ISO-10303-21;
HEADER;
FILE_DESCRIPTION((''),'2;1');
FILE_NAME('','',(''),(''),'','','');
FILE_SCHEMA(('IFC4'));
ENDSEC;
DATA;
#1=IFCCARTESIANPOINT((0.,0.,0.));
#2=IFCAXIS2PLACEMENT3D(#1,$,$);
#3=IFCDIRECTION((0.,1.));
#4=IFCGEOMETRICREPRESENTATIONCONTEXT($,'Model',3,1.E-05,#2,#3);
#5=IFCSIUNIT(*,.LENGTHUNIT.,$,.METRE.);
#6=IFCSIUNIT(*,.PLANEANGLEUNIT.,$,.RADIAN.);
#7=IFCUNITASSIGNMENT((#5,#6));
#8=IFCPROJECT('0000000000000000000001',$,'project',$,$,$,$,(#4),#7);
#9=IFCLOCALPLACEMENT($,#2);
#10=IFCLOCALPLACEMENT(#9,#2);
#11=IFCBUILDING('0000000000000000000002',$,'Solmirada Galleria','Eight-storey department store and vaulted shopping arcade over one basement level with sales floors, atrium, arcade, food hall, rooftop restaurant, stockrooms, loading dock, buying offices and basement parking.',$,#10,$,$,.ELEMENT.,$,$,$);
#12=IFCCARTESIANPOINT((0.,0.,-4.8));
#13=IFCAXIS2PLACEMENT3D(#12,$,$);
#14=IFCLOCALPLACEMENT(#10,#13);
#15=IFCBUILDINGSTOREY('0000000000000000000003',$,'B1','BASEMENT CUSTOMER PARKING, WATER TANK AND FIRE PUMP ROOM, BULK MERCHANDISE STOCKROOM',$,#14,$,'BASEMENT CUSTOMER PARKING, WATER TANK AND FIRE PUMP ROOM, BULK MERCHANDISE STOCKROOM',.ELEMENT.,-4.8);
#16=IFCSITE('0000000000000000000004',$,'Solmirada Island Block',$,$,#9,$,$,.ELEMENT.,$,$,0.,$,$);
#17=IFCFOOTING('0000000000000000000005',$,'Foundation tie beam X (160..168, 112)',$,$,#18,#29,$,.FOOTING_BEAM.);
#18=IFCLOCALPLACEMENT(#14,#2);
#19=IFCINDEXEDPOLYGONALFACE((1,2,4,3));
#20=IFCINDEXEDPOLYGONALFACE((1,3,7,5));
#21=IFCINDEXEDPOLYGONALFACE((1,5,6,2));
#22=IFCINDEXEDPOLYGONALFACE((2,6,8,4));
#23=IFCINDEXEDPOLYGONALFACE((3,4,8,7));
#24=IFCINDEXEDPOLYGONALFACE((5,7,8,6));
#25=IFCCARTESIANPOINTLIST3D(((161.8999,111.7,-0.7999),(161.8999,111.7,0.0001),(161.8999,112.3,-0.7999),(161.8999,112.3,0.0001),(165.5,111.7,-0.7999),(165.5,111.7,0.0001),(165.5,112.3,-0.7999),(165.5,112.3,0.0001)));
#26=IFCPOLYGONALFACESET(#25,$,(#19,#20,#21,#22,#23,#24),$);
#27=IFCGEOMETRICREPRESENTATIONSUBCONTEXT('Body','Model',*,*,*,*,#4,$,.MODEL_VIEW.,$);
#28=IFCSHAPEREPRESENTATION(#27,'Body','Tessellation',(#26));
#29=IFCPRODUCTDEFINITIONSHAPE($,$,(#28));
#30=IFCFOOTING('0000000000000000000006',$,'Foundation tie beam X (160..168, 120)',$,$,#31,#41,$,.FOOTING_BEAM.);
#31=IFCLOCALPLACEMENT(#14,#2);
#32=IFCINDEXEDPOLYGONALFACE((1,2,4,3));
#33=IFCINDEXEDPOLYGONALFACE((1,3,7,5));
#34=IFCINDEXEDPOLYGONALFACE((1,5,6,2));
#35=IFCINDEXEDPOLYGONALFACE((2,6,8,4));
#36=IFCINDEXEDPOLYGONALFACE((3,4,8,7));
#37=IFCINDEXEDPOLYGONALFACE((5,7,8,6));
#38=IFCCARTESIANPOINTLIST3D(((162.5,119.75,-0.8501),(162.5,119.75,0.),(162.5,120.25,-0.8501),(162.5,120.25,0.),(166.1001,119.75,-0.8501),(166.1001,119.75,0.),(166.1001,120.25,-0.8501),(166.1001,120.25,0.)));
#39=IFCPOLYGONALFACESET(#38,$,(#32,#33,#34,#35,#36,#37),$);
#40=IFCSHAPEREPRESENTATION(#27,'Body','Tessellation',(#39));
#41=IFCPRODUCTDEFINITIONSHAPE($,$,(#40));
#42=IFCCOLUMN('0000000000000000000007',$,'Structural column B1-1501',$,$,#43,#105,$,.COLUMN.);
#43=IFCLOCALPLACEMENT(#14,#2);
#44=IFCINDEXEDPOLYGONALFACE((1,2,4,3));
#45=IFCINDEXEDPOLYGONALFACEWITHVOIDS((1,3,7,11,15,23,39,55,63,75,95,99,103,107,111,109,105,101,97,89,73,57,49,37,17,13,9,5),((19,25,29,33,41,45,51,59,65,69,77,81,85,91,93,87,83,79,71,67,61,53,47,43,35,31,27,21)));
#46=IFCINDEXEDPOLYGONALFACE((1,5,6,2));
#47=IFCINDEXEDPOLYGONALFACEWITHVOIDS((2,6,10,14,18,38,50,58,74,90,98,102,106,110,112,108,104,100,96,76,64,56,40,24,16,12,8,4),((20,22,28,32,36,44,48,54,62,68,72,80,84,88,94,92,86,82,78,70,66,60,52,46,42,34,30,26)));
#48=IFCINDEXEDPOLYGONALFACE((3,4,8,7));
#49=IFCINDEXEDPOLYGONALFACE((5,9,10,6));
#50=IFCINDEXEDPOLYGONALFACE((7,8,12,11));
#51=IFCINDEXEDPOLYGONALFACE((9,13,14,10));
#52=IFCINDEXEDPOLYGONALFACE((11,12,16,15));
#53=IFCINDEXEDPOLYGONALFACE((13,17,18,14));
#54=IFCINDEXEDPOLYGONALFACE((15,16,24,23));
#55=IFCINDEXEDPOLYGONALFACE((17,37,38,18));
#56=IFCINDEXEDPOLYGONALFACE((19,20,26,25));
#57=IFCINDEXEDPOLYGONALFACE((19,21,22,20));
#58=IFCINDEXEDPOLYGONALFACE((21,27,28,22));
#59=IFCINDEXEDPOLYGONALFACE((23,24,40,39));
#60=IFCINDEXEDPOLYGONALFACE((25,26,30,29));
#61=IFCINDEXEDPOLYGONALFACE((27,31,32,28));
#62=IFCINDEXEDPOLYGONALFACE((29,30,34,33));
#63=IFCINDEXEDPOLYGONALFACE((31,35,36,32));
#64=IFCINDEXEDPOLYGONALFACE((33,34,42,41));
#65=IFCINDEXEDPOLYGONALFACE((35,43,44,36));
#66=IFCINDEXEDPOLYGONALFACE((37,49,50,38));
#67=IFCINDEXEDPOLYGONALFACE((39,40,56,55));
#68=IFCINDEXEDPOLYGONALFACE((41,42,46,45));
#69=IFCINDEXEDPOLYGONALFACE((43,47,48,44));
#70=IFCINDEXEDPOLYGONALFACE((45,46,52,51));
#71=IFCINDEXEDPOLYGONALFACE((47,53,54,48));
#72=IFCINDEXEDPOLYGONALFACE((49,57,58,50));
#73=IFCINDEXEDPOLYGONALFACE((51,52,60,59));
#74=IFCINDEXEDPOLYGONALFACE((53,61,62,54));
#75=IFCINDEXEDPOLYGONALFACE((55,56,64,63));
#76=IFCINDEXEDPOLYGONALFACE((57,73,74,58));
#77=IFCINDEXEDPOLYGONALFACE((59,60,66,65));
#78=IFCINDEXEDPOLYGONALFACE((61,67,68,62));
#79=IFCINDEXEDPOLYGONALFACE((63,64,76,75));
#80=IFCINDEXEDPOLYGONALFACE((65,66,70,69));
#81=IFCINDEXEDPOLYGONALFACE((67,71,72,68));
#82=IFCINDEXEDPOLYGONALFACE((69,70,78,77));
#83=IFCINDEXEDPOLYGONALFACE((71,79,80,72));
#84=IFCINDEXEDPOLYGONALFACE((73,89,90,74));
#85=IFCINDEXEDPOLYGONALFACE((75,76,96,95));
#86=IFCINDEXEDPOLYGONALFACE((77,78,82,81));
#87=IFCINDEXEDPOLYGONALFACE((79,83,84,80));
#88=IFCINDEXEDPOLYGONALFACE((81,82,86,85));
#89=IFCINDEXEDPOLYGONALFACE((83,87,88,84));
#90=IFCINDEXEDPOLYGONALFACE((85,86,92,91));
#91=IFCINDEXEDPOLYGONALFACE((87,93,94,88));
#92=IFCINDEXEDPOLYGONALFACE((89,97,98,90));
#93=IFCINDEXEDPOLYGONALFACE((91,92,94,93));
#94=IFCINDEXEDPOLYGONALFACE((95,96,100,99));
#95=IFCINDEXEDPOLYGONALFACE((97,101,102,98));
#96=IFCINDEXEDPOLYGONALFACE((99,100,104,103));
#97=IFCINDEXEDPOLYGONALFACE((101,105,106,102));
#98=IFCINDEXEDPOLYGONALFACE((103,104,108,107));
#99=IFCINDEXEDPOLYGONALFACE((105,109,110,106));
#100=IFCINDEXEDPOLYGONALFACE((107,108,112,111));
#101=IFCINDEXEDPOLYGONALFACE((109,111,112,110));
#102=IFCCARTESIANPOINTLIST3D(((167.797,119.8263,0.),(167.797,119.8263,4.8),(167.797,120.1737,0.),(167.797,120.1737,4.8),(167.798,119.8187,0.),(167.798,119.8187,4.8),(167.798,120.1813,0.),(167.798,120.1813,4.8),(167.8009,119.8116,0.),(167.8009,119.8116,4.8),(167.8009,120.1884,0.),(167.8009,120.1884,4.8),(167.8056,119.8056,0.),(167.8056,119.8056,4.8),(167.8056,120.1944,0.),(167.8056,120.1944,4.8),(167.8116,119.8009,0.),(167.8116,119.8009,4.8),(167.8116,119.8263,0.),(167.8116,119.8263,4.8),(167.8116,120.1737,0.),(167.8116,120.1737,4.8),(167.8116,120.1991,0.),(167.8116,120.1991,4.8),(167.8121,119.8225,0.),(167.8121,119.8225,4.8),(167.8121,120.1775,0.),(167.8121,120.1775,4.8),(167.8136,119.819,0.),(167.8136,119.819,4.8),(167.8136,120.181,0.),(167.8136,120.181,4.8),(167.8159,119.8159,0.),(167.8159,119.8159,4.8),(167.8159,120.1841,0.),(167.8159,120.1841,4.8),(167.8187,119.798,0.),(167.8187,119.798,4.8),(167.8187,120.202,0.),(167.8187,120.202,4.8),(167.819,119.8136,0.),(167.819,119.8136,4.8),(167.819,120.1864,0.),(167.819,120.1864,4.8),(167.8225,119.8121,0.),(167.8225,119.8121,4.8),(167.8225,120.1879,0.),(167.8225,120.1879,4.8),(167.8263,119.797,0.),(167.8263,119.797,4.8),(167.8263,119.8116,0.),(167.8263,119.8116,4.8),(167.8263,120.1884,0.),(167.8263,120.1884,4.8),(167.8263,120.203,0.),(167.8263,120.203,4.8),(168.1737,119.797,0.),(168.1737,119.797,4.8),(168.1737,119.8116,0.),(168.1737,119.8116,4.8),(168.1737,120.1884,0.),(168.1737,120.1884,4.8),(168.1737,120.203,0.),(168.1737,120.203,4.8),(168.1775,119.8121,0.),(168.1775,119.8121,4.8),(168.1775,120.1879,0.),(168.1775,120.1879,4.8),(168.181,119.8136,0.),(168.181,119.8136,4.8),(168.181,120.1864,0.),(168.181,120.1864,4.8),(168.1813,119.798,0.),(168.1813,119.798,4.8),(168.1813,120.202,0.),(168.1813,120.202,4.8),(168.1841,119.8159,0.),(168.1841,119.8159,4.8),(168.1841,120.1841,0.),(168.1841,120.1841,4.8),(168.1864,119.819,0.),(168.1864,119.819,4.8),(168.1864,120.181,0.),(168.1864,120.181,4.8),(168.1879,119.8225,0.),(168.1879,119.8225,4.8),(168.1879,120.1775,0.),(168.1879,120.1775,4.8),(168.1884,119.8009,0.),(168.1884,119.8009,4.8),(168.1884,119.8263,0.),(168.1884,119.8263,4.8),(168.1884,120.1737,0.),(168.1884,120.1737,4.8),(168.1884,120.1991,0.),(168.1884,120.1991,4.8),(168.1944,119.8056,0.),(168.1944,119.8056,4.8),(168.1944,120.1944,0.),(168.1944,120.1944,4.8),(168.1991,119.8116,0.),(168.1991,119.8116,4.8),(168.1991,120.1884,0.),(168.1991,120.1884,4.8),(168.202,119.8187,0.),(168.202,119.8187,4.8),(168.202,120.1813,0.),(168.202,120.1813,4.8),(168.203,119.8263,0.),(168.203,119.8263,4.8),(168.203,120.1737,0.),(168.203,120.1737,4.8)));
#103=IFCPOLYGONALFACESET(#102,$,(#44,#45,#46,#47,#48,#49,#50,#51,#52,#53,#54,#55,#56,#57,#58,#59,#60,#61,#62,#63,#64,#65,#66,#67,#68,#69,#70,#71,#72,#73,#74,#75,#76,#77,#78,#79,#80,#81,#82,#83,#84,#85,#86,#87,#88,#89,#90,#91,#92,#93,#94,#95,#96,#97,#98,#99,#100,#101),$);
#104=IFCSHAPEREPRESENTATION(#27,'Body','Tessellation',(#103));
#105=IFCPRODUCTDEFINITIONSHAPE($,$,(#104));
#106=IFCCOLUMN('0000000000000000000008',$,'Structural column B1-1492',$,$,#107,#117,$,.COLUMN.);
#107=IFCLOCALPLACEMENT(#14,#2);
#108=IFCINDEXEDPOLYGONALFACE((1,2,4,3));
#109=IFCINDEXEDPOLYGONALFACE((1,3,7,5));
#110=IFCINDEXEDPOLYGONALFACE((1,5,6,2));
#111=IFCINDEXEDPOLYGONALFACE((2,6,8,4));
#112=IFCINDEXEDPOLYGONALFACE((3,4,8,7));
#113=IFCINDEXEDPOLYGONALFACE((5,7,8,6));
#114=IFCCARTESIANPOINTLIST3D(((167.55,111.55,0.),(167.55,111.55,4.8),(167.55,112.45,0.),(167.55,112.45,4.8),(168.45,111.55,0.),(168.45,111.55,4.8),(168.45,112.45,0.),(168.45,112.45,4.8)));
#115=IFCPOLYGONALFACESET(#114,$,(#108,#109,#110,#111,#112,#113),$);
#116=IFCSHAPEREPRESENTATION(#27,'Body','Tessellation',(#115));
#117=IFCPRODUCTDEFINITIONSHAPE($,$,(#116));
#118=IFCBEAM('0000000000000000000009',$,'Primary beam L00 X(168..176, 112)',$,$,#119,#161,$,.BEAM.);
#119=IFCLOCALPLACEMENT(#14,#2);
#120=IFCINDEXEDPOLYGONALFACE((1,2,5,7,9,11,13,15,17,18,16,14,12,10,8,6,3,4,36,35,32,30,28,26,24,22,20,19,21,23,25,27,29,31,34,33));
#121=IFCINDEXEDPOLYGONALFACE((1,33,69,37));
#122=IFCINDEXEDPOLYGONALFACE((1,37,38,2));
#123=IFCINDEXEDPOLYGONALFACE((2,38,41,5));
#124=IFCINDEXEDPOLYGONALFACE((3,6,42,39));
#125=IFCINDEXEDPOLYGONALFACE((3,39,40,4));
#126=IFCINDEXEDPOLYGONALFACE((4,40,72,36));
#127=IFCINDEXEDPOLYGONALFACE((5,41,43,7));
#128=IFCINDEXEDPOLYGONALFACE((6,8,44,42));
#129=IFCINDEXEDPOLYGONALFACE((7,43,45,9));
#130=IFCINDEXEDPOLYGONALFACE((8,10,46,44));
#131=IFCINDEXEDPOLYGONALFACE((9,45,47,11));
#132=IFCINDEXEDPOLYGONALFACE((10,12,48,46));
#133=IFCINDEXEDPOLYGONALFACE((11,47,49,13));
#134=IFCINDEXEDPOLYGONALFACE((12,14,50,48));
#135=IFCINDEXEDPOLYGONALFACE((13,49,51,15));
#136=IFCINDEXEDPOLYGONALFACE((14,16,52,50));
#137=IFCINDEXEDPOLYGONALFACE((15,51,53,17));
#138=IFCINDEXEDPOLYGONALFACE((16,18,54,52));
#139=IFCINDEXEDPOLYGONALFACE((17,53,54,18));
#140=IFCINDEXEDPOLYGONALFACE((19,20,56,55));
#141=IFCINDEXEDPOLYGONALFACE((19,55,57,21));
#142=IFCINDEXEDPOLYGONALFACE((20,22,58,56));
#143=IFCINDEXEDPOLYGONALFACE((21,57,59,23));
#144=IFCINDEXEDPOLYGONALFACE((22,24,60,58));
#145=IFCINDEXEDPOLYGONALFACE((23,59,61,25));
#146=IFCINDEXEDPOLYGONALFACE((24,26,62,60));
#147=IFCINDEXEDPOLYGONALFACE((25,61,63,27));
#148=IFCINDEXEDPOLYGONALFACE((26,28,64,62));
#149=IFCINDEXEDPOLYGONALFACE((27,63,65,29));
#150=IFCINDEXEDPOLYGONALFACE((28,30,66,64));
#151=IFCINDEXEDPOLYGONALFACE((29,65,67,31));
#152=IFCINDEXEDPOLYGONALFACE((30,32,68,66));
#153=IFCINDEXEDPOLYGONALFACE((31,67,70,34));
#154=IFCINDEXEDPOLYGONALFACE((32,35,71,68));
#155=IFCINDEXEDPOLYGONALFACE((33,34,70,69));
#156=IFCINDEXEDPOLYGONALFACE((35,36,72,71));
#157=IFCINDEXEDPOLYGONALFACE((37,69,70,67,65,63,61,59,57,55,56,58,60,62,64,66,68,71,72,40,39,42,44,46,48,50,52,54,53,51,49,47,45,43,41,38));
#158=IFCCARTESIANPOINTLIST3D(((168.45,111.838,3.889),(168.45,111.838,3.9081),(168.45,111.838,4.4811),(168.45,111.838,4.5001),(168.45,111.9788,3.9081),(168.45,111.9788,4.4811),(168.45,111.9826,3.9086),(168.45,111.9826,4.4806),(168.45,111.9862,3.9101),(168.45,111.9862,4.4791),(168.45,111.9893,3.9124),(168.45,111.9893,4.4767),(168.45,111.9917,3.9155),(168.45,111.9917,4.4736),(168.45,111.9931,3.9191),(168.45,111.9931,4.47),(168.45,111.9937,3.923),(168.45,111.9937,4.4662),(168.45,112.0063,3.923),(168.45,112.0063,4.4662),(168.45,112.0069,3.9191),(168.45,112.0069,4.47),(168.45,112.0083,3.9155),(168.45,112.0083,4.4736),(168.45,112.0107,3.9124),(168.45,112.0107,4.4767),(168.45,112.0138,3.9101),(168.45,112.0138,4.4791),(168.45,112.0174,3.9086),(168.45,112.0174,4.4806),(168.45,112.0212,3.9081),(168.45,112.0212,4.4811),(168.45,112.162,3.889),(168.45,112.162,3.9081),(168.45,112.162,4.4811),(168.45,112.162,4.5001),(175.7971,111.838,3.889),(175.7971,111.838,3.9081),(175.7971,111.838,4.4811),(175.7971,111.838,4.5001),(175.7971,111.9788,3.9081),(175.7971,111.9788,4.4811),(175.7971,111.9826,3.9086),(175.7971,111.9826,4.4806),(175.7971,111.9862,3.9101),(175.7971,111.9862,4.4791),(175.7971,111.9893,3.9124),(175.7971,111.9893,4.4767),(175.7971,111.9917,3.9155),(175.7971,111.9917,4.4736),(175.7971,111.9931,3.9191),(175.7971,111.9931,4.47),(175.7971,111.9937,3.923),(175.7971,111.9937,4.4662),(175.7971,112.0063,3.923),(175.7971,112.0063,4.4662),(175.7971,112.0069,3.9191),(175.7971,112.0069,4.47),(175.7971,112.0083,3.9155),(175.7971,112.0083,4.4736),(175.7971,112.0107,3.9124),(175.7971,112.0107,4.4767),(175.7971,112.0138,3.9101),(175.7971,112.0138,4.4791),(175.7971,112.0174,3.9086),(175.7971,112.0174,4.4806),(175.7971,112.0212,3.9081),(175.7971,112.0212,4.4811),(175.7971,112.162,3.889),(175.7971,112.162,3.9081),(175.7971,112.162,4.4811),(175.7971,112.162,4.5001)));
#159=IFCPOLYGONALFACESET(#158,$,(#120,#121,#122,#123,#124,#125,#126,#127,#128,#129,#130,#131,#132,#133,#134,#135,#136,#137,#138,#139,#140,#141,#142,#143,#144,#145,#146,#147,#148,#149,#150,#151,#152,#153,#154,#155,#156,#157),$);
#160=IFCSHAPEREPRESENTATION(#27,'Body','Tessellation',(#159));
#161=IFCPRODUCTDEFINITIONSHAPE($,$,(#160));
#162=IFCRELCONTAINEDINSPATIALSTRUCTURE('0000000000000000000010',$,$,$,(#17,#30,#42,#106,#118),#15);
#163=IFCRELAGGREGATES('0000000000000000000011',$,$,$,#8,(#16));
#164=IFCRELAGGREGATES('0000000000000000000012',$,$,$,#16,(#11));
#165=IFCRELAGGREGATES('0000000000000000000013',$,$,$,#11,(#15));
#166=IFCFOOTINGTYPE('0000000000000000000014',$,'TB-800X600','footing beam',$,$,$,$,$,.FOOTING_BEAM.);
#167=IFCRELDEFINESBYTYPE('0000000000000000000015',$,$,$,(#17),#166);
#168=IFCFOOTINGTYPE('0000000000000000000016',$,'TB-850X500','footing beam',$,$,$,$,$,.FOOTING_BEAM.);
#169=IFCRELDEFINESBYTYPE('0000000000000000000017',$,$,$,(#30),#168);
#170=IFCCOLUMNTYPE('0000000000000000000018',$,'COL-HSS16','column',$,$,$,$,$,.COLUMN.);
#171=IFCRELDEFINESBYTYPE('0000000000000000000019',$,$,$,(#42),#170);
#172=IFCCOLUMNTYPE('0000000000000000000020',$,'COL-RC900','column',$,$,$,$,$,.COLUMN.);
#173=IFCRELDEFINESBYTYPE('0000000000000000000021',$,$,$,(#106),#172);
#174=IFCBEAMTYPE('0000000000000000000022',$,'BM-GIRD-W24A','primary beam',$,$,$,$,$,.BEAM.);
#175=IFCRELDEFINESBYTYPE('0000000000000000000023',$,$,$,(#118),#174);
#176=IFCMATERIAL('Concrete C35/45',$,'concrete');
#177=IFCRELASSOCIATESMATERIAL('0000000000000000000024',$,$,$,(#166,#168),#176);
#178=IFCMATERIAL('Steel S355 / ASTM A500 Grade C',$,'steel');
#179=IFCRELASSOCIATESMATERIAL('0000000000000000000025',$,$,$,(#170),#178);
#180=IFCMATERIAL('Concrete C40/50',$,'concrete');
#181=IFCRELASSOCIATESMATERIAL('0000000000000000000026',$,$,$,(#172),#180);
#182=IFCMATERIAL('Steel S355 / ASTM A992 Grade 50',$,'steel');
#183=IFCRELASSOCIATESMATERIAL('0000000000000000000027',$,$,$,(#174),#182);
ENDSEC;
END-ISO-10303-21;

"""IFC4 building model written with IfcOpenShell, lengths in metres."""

from ifc_helpers import new_model, si_unit, direction, frame, origin, origin_2d, place, context, subcontext, project, spatial, rectangle, hollow_rectangle, i_section, extrude, material, material_profile, profile_set, type_object, element, save


model = new_model("IFC4")

# Units and contexts
model_context = context("Model", 3, precision=1e-05, world=origin(), true_north=direction((0.0, 1.0)))
body_context = subcontext(model_context, "Body", "Model", "MODEL_VIEW")
ifc_project = project(units=[si_unit("LENGTHUNIT", "METRE"), si_unit("PLANEANGLEUNIT", "RADIAN")], contexts=[model_context])

# Site, building, storey
site_placement = place(None, origin())
site = spatial("IfcSite", under=ifc_project, at=site_placement, Name="Solmirada Island Block", CompositionType="ELEMENT", RefElevation=0.0)
building_placement = place(site_placement, origin())
building = spatial("IfcBuilding", under=site, at=building_placement, Name="Solmirada Galleria", Description="Eight-storey department store and vaulted shopping arcade over one basement level with sales floors, atrium, arcade, food hall, rooftop restaurant, stockrooms, loading dock, buying offices and basement parking.", CompositionType="ELEMENT")
storey_placement = place(building_placement, frame((0.0, 0.0, -4.8)))
storey = spatial("IfcBuildingStorey", under=building, at=storey_placement, Name="B1", Description="BASEMENT CUSTOMER PARKING, WATER TANK AND FIRE PUMP ROOM, BULK MERCHANDISE STOCKROOM", LongName="BASEMENT CUSTOMER PARKING, WATER TANK AND FIRE PUMP ROOM, BULK MERCHANDISE STOCKROOM", CompositionType="ELEMENT", Elevation=-4.8)

# Shared definitions
ifc_material_1 = material(Name="Concrete C35/45", Category="concrete")

# Shared definitions
ifc_material_2 = material(Name="Concrete C40/50", Category="concrete")

# Footings
ifc_material_profile_1 = material_profile(ifc_material_1, rectangle(XDim=0.6001, YDim=0.8, at=origin_2d()), Name="RC800X600")
ifc_profile_set_1 = profile_set([ifc_material_profile_1], Name="Concrete C35/45")
footing_type_1 = type_object("IfcFootingType", Name="TB-800X600", Description="footing beam", PredefinedType="FOOTING_BEAM", material=ifc_profile_set_1)
footing_1_placement = place(storey_placement, frame((161.8999, 112.0, -0.3999), z_axis=(1.0, 0.0, 0.0), x_axis=(0.0, 1.0, 0.0)))
element("IfcFooting", 1, at=footing_1_placement, inside=storey, type_object=footing_type_1, Name="Foundation tie beam X (160..168, 112)", PredefinedType="FOOTING_BEAM", context=body_context, shape_type="SweptSolid", body=[
    extrude(rectangle(XDim=0.6001, YDim=0.8, at=origin_2d()), origin(), (0.0, 0.0, 1.0), 3.6001),
])
ifc_material_profile_2 = material_profile(ifc_material_1, rectangle(XDim=0.5, YDim=0.8501, at=origin_2d()), Name="RC850X500")
ifc_profile_set_2 = profile_set([ifc_material_profile_2], Name="Concrete C35/45")
footing_type_2 = type_object("IfcFootingType", Name="TB-850X500", Description="footing beam", PredefinedType="FOOTING_BEAM", material=ifc_profile_set_2)
footing_2_placement = place(storey_placement, frame((162.5, 120.0, -0.425), z_axis=(1.0, 0.0, 0.0), x_axis=(0.0, 1.0, 0.0)))
element("IfcFooting", 2, at=footing_2_placement, inside=storey, type_object=footing_type_2, Name="Foundation tie beam X (160..168, 120)", PredefinedType="FOOTING_BEAM", context=body_context, shape_type="SweptSolid", body=[
    extrude(rectangle(XDim=0.5, YDim=0.8501, at=origin_2d()), origin(), (0.0, 0.0, 1.0), 3.6001),
])

# Columns
ifc_material_3 = material(Name="Steel S355 / ASTM A500 Grade C", Category="steel")
ifc_material_profile_3 = material_profile(ifc_material_3, hollow_rectangle(XDim=0.406, YDim=0.406, WallThickness=0.0146, InnerFilletRadius=0.0146, OuterFilletRadius=0.0293, at=origin_2d()), Name="HSS16X16X5/8")
ifc_profile_set_3 = profile_set([ifc_material_profile_3], Name="Steel S355 / ASTM A500 Grade C")
column_type_1 = type_object("IfcColumnType", Name="COL-HSS16", Description="column", PredefinedType="COLUMN", material=ifc_profile_set_3)
column_1_placement = place(storey_placement, frame((168.0, 120.0, 0.0), z_axis=(0.0, 0.0, 1.0), x_axis=(1.0, 0.0, 0.0)))
element("IfcColumn", 3, at=column_1_placement, inside=storey, type_object=column_type_1, Name="Structural column B1-1501", PredefinedType="COLUMN", context=body_context, shape_type="SweptSolid", body=[
    extrude(hollow_rectangle(XDim=0.406, YDim=0.406, WallThickness=0.0146, InnerFilletRadius=0.0146, OuterFilletRadius=0.0293, at=origin_2d()), origin(), (0.0, 0.0, 1.0), 4.8),
])
ifc_material_profile_4 = material_profile(ifc_material_2, rectangle(XDim=0.8999, YDim=0.8999, at=origin_2d()), Name="RC900X900")
ifc_profile_set_4 = profile_set([ifc_material_profile_4], Name="Concrete C40/50")
column_type_2 = type_object("IfcColumnType", Name="COL-RC900", Description="column", PredefinedType="COLUMN", material=ifc_profile_set_4)
column_2_placement = place(storey_placement, frame((168.0, 112.0, 0.0), z_axis=(0.0, 0.0, 1.0), x_axis=(1.0, 0.0, 0.0)))
element("IfcColumn", 4, at=column_2_placement, inside=storey, type_object=column_type_2, Name="Structural column B1-1492", PredefinedType="COLUMN", context=body_context, shape_type="SweptSolid", body=[
    extrude(rectangle(XDim=0.8999, YDim=0.8999, at=origin_2d()), origin(), (0.0, 0.0, 1.0), 4.8),
])

# Beam
ifc_material_4 = material(Name="Steel S355 / ASTM A992 Grade 50", Category="steel")
ifc_material_profile_5 = material_profile(ifc_material_4, i_section(OverallWidth=0.324, OverallDepth=0.6111, WebThickness=0.0127, FlangeThickness=0.019, FilletRadius=0.0149, at=origin_2d()), Name="W24X104")
ifc_profile_set_5 = profile_set([ifc_material_profile_5], Name="Steel S355 / ASTM A992 Grade 50")
beam_type_1 = type_object("IfcBeamType", Name="BM-GIRD-W24A", Description="primary beam", PredefinedType="BEAM", material=ifc_profile_set_5)
beam_1_placement = place(storey_placement, frame((168.45, 112.0, 4.1946), z_axis=(1.0, 0.0, 0.0), x_axis=(0.0, 1.0, 0.0)))
element("IfcBeam", 5, at=beam_1_placement, inside=storey, type_object=beam_type_1, Name="Primary beam L00 X(168..176, 112)", PredefinedType="BEAM", context=body_context, shape_type="SweptSolid", body=[
    extrude(i_section(OverallWidth=0.324, OverallDepth=0.6111, WebThickness=0.0127, FlangeThickness=0.019, FilletRadius=0.0149, at=origin_2d()), origin(), (0.0, 0.0, 1.0), 7.3472),
])

save(model, "model.ifc")
